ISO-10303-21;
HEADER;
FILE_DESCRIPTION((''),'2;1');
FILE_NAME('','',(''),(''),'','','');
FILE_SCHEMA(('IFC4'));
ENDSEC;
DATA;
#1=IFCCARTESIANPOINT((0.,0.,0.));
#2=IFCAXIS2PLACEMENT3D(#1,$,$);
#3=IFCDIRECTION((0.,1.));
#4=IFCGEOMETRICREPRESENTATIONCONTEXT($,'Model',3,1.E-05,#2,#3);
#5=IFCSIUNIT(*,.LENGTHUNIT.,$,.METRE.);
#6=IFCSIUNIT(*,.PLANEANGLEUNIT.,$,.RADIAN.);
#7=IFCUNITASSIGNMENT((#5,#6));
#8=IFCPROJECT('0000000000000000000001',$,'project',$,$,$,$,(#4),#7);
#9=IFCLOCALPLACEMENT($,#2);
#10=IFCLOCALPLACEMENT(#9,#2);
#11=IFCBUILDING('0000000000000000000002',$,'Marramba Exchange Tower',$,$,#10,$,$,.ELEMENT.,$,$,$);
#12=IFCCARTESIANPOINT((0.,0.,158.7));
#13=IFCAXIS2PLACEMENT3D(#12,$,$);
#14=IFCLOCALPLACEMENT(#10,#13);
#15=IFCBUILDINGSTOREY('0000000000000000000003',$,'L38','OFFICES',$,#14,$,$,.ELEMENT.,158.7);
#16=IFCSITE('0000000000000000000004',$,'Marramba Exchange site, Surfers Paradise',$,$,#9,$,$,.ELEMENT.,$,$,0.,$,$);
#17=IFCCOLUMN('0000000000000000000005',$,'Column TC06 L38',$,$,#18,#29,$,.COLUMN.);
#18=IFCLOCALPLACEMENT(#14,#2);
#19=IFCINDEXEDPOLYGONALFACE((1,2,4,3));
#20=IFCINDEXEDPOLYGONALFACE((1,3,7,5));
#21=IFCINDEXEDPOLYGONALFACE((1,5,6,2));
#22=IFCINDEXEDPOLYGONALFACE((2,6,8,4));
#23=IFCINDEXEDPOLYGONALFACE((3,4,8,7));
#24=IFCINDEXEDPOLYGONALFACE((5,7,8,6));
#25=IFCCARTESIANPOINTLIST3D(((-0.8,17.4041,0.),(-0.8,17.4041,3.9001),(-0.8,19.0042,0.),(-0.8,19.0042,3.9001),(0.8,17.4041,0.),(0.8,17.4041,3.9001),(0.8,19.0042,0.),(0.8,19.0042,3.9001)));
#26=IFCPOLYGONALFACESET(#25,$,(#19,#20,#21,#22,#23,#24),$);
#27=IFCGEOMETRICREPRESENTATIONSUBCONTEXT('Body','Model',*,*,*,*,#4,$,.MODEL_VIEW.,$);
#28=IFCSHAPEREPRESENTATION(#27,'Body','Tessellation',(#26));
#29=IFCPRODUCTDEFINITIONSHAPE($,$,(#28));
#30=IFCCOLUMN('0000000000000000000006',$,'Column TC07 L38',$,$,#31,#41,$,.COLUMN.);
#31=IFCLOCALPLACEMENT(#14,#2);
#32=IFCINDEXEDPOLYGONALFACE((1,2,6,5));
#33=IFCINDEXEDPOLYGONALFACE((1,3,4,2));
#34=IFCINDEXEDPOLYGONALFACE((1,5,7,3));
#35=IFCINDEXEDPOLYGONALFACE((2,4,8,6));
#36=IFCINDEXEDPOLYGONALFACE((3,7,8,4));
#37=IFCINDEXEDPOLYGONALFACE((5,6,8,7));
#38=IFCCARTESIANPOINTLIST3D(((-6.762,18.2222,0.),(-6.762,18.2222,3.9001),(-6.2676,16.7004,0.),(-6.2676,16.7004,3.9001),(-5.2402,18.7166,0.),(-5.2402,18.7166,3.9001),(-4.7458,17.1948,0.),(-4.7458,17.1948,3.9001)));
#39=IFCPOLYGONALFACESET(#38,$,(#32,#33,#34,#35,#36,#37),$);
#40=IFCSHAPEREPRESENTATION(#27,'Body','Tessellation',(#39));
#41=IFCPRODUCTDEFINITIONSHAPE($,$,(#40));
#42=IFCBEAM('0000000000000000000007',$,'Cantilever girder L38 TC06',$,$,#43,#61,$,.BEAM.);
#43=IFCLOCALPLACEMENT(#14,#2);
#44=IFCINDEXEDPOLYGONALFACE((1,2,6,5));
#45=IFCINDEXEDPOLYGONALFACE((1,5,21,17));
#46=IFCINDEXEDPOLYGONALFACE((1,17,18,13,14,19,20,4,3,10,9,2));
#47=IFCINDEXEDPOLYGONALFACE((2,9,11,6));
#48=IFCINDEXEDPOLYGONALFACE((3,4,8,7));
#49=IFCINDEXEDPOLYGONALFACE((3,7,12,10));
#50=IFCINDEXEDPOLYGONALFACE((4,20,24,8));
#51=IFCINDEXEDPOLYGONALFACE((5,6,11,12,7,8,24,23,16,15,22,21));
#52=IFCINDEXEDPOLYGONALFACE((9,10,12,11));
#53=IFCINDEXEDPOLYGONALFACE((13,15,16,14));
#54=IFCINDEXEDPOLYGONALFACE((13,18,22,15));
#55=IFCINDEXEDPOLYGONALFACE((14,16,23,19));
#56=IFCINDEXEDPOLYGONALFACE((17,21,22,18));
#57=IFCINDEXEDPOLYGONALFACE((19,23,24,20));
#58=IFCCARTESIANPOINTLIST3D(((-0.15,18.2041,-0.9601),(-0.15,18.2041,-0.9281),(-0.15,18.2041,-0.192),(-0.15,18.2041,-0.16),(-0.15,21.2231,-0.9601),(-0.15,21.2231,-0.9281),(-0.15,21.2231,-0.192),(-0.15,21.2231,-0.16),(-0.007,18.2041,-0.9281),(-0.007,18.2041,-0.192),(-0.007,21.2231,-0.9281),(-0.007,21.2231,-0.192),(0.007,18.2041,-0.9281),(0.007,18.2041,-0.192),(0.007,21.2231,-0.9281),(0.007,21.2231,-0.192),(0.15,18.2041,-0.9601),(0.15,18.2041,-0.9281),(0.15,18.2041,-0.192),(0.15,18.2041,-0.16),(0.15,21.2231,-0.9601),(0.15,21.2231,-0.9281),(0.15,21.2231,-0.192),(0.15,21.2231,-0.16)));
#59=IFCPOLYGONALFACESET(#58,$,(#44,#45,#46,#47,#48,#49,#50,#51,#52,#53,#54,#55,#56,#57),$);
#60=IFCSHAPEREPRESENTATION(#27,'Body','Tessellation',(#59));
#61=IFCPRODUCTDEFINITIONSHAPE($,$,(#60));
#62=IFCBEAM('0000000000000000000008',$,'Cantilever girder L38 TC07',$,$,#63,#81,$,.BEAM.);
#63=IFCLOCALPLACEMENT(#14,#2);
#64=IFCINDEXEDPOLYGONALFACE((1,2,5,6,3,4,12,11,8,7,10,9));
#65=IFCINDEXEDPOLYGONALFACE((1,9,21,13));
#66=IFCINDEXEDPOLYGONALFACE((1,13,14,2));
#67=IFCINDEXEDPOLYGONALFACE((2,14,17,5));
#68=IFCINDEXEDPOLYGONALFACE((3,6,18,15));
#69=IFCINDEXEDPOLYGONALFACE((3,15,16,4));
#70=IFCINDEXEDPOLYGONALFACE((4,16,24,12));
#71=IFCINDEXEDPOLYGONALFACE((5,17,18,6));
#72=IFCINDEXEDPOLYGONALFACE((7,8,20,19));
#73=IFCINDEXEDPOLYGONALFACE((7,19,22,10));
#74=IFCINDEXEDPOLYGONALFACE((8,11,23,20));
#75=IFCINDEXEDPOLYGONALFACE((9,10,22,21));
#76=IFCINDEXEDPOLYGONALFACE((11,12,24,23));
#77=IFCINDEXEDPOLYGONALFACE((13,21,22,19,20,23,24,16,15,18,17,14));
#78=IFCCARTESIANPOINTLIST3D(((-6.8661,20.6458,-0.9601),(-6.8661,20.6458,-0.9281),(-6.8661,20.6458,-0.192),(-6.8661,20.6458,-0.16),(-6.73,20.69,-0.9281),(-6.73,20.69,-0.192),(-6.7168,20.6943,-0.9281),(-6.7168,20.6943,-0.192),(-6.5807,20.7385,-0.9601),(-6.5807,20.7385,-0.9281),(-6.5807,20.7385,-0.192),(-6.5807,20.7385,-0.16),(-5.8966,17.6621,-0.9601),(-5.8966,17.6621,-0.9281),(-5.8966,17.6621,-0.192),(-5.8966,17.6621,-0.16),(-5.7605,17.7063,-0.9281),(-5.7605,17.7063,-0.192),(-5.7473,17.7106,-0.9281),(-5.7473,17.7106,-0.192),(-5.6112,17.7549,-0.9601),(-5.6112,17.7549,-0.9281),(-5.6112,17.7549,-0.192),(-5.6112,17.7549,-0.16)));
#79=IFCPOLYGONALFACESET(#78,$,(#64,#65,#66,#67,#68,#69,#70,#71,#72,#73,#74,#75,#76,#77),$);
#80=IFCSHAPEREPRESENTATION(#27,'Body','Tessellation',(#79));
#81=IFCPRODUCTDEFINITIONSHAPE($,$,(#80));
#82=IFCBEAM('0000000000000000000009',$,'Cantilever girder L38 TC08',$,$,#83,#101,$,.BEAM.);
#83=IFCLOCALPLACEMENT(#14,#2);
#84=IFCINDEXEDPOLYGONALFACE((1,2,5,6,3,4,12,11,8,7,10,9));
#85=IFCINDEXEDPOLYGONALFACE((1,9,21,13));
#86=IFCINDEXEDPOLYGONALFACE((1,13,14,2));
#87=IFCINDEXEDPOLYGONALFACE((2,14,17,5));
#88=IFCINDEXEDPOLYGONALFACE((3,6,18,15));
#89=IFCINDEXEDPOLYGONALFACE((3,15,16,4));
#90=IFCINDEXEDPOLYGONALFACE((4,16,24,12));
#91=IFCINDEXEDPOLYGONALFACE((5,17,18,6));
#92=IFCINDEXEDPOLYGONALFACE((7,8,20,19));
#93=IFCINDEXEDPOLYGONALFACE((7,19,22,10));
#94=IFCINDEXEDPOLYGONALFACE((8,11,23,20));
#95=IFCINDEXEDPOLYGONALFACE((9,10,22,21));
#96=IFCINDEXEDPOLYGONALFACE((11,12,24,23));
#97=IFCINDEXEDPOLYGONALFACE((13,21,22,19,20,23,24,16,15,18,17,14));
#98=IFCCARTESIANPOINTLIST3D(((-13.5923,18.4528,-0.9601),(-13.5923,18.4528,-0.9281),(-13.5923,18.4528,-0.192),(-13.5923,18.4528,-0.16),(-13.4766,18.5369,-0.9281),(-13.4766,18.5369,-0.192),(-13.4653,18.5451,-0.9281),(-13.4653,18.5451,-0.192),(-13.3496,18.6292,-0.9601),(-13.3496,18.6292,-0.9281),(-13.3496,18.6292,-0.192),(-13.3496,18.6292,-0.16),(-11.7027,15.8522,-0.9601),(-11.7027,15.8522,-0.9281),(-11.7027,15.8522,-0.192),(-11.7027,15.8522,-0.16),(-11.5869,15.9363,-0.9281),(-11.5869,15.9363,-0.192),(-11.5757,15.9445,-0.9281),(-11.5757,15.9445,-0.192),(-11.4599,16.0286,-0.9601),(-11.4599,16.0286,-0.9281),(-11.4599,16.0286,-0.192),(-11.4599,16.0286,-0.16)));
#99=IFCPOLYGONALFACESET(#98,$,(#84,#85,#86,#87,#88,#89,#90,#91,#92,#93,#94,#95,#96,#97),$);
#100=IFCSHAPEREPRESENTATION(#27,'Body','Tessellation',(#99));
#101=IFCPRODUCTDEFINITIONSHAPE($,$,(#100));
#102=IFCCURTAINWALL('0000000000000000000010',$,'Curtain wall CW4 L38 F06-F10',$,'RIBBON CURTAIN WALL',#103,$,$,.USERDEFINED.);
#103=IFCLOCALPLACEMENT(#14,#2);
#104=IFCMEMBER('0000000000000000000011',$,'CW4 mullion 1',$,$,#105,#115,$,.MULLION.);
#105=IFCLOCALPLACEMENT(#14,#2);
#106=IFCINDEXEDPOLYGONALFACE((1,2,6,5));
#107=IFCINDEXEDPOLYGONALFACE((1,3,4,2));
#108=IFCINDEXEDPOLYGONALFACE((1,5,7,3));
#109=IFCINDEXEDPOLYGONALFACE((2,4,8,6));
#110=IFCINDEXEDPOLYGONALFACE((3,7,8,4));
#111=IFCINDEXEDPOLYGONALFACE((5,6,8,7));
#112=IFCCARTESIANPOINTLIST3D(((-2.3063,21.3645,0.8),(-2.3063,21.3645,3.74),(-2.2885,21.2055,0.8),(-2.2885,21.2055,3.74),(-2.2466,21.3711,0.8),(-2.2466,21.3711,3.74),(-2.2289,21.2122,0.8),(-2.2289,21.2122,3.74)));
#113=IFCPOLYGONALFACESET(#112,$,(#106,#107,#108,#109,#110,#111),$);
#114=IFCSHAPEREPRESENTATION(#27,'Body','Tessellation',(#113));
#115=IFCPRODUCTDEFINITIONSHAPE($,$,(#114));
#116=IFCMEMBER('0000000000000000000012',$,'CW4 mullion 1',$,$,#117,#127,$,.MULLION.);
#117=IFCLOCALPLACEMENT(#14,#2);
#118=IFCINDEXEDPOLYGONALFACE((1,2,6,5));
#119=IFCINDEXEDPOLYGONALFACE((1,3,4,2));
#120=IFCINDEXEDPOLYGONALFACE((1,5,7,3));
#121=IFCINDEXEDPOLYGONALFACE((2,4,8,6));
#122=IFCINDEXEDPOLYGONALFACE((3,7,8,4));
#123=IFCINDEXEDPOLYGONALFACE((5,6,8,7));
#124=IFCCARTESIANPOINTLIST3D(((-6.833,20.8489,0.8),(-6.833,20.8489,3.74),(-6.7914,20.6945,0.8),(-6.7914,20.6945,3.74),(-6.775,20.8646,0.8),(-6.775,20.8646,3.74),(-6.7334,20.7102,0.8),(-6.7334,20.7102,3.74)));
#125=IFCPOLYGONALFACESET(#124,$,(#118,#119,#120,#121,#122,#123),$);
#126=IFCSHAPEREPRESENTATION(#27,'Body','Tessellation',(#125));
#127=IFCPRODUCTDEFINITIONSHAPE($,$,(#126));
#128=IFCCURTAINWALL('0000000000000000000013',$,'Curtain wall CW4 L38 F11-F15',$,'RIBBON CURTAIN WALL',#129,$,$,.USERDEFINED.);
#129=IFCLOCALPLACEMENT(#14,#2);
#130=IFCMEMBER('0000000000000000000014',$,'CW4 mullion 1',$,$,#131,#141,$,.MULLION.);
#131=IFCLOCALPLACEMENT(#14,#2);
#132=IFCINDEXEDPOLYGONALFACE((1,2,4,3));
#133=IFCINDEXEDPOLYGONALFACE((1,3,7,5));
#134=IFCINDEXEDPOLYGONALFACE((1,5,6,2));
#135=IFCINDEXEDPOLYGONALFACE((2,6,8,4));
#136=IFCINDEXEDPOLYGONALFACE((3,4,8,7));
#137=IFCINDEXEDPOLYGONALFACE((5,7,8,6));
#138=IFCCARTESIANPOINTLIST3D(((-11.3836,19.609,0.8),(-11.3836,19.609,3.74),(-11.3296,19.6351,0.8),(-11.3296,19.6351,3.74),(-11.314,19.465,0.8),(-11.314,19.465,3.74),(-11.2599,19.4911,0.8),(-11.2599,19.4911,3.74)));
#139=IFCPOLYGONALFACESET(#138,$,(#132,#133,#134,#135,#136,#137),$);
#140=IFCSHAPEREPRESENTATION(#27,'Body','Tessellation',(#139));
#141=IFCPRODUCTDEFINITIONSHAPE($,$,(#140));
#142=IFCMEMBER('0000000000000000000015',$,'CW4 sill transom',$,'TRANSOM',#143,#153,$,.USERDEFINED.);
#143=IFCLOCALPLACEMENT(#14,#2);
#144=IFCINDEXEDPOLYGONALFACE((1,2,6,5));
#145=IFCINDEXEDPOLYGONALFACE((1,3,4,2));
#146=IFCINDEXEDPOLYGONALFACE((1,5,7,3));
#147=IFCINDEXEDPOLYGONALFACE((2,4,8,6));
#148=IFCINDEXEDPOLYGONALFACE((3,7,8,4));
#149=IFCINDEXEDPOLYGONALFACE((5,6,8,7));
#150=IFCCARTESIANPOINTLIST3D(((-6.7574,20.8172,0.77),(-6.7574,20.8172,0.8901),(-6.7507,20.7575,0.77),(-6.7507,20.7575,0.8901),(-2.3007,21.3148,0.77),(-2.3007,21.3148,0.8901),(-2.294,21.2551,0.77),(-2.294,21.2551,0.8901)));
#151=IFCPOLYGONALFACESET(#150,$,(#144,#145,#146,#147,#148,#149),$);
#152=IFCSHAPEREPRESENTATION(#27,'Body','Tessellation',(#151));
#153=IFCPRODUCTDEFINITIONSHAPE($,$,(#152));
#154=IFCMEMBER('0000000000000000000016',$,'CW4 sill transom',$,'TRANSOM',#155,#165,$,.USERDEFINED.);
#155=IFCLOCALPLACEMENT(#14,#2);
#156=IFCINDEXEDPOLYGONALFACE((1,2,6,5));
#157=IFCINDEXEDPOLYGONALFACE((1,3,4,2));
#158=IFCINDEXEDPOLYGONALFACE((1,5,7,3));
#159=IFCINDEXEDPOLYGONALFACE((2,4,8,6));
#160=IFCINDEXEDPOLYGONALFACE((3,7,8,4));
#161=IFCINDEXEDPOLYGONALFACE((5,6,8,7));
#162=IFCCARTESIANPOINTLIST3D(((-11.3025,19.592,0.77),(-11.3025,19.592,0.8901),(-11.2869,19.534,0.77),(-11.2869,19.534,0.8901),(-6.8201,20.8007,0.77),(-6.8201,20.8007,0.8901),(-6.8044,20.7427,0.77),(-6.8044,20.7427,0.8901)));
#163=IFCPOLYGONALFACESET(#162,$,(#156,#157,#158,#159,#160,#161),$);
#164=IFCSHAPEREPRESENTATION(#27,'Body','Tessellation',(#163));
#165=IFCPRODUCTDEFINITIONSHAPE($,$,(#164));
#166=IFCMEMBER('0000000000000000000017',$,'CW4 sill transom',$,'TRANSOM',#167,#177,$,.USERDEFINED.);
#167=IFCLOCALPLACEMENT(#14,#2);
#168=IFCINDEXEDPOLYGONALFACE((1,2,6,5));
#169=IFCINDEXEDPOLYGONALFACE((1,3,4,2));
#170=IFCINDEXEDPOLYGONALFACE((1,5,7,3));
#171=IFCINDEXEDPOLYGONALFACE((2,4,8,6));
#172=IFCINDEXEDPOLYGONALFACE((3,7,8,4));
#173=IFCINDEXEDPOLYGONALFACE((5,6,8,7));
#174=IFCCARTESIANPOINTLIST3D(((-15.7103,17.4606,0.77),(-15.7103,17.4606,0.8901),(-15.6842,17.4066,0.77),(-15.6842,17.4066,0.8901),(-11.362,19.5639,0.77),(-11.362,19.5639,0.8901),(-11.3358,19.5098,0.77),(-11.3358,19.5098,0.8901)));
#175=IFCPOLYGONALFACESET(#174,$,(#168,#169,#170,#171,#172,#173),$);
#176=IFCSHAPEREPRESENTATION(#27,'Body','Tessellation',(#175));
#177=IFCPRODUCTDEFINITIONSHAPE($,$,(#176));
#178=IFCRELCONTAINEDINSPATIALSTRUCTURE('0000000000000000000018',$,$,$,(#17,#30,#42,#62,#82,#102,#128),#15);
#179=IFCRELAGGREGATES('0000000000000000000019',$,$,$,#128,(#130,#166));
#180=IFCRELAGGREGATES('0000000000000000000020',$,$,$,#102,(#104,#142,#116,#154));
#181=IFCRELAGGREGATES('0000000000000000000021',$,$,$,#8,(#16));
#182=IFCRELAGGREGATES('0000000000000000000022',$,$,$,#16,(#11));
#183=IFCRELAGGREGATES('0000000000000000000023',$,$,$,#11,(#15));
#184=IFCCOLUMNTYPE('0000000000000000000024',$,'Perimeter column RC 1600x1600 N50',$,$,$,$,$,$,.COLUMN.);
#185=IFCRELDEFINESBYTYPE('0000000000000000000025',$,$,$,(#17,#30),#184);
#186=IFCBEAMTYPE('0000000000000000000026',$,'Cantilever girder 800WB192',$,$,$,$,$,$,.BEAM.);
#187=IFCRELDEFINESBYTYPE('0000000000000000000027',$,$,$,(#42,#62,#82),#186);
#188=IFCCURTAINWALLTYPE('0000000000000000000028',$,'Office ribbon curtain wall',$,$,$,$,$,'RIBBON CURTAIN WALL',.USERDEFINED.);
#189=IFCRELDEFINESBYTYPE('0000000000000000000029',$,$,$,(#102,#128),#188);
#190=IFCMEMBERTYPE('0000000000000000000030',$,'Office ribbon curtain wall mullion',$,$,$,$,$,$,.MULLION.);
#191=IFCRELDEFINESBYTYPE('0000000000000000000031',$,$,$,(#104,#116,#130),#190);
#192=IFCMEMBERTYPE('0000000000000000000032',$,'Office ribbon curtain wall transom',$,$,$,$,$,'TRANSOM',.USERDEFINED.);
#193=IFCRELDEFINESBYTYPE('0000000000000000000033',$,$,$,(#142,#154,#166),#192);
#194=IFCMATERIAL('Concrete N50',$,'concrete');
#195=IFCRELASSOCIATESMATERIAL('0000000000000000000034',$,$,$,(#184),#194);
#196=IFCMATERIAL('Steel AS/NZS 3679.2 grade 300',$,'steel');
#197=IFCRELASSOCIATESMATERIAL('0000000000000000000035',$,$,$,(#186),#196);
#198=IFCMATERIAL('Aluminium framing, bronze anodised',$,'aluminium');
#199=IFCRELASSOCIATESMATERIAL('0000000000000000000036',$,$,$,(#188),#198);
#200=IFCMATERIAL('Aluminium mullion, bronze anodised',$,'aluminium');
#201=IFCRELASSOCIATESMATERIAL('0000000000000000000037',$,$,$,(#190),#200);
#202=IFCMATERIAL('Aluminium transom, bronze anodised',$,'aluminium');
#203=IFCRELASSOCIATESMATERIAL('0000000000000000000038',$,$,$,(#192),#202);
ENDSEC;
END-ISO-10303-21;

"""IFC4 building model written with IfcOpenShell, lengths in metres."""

from ifc_helpers import new_model, si_unit, direction, frame, origin, origin_2d, place, context, subcontext, project, spatial, rectangle, i_section, extrude, material, material_profile, profile_set, type_object, element, aggregate, save


model = new_model("IFC4")

# Units and contexts
model_context = context("Model", 3, precision=1e-05, world=origin(), true_north=direction((0.0, 1.0)))
body_context = subcontext(model_context, "Body", "Model", "MODEL_VIEW")
ifc_project = project(units=[si_unit("LENGTHUNIT", "METRE"), si_unit("PLANEANGLEUNIT", "RADIAN")], contexts=[model_context])

# Site, building, storey
site_placement = place(None, origin())
site = spatial("IfcSite", under=ifc_project, at=site_placement, Name="Marramba Exchange site, Surfers Paradise", CompositionType="ELEMENT", RefElevation=0.0)
building_placement = place(site_placement, origin())
building = spatial("IfcBuilding", under=site, at=building_placement, Name="Marramba Exchange Tower", CompositionType="ELEMENT")
storey_placement = place(building_placement, frame((0.0, 0.0, 158.7)))
storey = spatial("IfcBuildingStorey", under=building, at=storey_placement, Name="L38", Description="OFFICES", CompositionType="ELEMENT", Elevation=158.7)

# Columns
ifc_material_1 = material(Name="Concrete N50", Category="concrete")
ifc_material_profile_1 = material_profile(ifc_material_1, rectangle(XDim=1.6001, YDim=1.6001, at=origin_2d()), Name="RC 1600x1600")
ifc_profile_set_1 = profile_set([ifc_material_profile_1], Name="Concrete N50")
column_type = type_object("IfcColumnType", Name="Perimeter column RC 1600x1600 N50", PredefinedType="COLUMN", material=ifc_profile_set_1)
for number, where, z_axis, x_axis, name in (
    (1, (0.0, 18.2041, 0.0), (0.0, 0.0, 1.0), (0.0, 1.0, 0.0), "Column TC06 L38"),
    (2, (-5.7539, 17.7085, 0.0), (0.0, 0.0, 1.0), (-0.309017, 0.951057, 0.0), "Column TC07 L38"),
):
    element("IfcColumn", number, at=place(storey_placement, frame(where, z_axis=z_axis, x_axis=x_axis)), inside=storey, type_object=column_type, Name=name, PredefinedType="COLUMN", context=body_context, shape_type="SweptSolid", body=[
        extrude(rectangle(XDim=1.6001, YDim=1.6001, at=origin_2d()), origin(), (0.0, 0.0, 1.0), 3.9001),
    ])

# Beams
ifc_material_2 = material(Name="Steel AS/NZS 3679.2 grade 300", Category="steel")
ifc_material_profile_2 = material_profile(ifc_material_2, i_section(OverallWidth=0.3, OverallDepth=0.8, WebThickness=0.0139, FlangeThickness=0.032, at=origin_2d()), Name="800WB192")
ifc_profile_set_2 = profile_set([ifc_material_profile_2], Name="Steel AS/NZS 3679.2 grade 300")
beam_type_1 = type_object("IfcBeamType", Name="Cantilever girder 800WB192", PredefinedType="BEAM", material=ifc_profile_set_2)
beam_1_placement = place(storey_placement, frame((0.0, 18.2041, -0.5601), z_axis=(0.0, 1.0, 0.0), x_axis=(-1.0, 0.0, 0.0)))
element("IfcBeam", 3, at=beam_1_placement, inside=storey, type_object=beam_type_1, Name="Cantilever girder L38 TC06", PredefinedType="BEAM", context=body_context, shape_type="SweptSolid", body=[
    extrude(i_section(OverallWidth=0.3, OverallDepth=0.8, WebThickness=0.0139, FlangeThickness=0.032, at=origin_2d()), origin(), (0.0, 0.0, 1.0), 3.019),
])
beam_2_placement = place(storey_placement, frame((-5.7539, 17.7085, -0.5601), z_axis=(-0.309028, 0.951053, 0.0), x_axis=(-0.951053, -0.309028, 0.0)))
element("IfcBeam", 4, at=beam_2_placement, inside=storey, type_object=beam_type_1, Name="Cantilever girder L38 TC07", PredefinedType="BEAM", context=body_context, shape_type="SweptSolid", body=[
    extrude(i_section(OverallWidth=0.3, OverallDepth=0.8, WebThickness=0.0139, FlangeThickness=0.032, at=origin_2d()), origin(), (0.0, 0.0, 1.0), 3.1372),
])
beam_3_placement = place(storey_placement, frame((-11.5813, 15.9404, -0.5601), z_axis=(-0.587828, 0.808986, 0.0), x_axis=(-0.808986, -0.587828, 0.0)))
element("IfcBeam", 5, at=beam_3_placement, inside=storey, type_object=beam_type_1, Name="Cantilever girder L38 TC08", PredefinedType="BEAM", context=body_context, shape_type="SweptSolid", body=[
    extrude(i_section(OverallWidth=0.3, OverallDepth=0.8, WebThickness=0.0139, FlangeThickness=0.032, at=origin_2d()), origin(), (0.0, 0.0, 1.0), 3.2146),
])

# Curtain wall, members
ifc_material_3 = material(Name="Aluminium framing, bronze anodised", Category="aluminium")
curtain_wall_type = type_object("IfcCurtainWallType", Name="Office ribbon curtain wall", ElementType="RIBBON CURTAIN WALL", PredefinedType="USERDEFINED", material=ifc_material_3)
curtain_wall_1_placement = place(storey_placement, origin())
curtain_wall_1 = element("IfcCurtainWall", 6, at=curtain_wall_1_placement, inside=storey, type_object=curtain_wall_type, Name="Curtain wall CW4 L38 F06-F10", ObjectType="RIBBON CURTAIN WALL", PredefinedType="USERDEFINED")
ifc_material_4 = material(Name="Aluminium mullion, bronze anodised", Category="aluminium")
ifc_material_profile_3 = material_profile(ifc_material_4, rectangle(XDim=0.1599, YDim=0.0601, at=origin_2d()), Name="CW4 mullion 60x160")
ifc_profile_set_3 = profile_set([ifc_material_profile_3], Name="Aluminium mullion, bronze anodised")
member_type_1 = type_object("IfcMemberType", Name="Office ribbon curtain wall mullion", PredefinedType="MULLION", material=ifc_profile_set_3)
member_1_placement = place(storey_placement, frame((-2.2676, 21.2883, 0.8), z_axis=(0.0, 0.0, 1.0), x_axis=(0.110973, -0.993823, 0.0)))
member_1 = element("IfcMember", 7, at=member_1_placement, type_object=member_type_1, Name="CW4 mullion 1", PredefinedType="MULLION", context=body_context, shape_type="SweptSolid", body=[
    extrude(rectangle(XDim=0.1599, YDim=0.0601, at=origin_2d()), origin(), (0.0, 0.0, 1.0), 2.9399),
])
member_2_placement = place(storey_placement, frame((-6.7832, 20.7795, 0.8), z_axis=(0.0, 0.0, 1.0), x_axis=(0.260321, -0.965522, 0.0)))
member_2 = element("IfcMember", 8, at=member_2_placement, type_object=member_type_1, Name="CW4 mullion 1", PredefinedType="MULLION", context=body_context, shape_type="SweptSolid", body=[
    extrude(rectangle(XDim=0.1599, YDim=0.0601, at=origin_2d()), origin(), (0.0, 0.0, 1.0), 2.9399),
])

# Curtain wall, member
curtain_wall_2_placement = place(storey_placement, origin())
curtain_wall_2 = element("IfcCurtainWall", 9, at=curtain_wall_2_placement, inside=storey, type_object=curtain_wall_type, Name="Curtain wall CW4 L38 F11-F15", ObjectType="RIBBON CURTAIN WALL", PredefinedType="USERDEFINED")
member_3_placement = place(storey_placement, frame((-11.3218, 19.55, 0.8), z_axis=(0.0, 0.0, 1.0), x_axis=(0.435428, -0.900224, 0.0)))
member_3 = element("IfcMember", 10, at=member_3_placement, type_object=member_type_1, Name="CW4 mullion 1", PredefinedType="MULLION", context=body_context, shape_type="SweptSolid", body=[
    extrude(rectangle(XDim=0.1599, YDim=0.0601, at=origin_2d()), origin(), (0.0, 0.0, 1.0), 2.9399),
])

# Members
ifc_material_5 = material(Name="Aluminium transom, bronze anodised", Category="aluminium")
ifc_material_profile_4 = material_profile(ifc_material_5, rectangle(XDim=0.0601, YDim=0.1201, at=origin_2d()), Name="CW4 transom 60x120")
ifc_profile_set_4 = profile_set([ifc_material_profile_4], Name="Aluminium transom, bronze anodised")
member_type_2 = type_object("IfcMemberType", Name="Office ribbon curtain wall transom", ElementType="TRANSOM", PredefinedType="USERDEFINED", material=ifc_profile_set_4)
member_4_placement = place(storey_placement, frame((-2.2974, 21.2849, 0.8301), z_axis=(-0.993826, -0.110951, 0.0), x_axis=(0.110951, -0.993826, 0.0)))
member_4 = element("IfcMember", 11, at=member_4_placement, type_object=member_type_2, Name="CW4 sill transom", ObjectType="TRANSOM", PredefinedType="USERDEFINED", context=body_context, shape_type="SweptSolid", body=[
    extrude(rectangle(XDim=0.0601, YDim=0.1201, at=origin_2d()), origin(), (0.0, 0.0, 1.0), 4.4844),
])
member_5_placement = place(storey_placement, frame((-6.8123, 20.7717, 0.8301), z_axis=(-0.965511, -0.260362, 0.0), x_axis=(0.260362, -0.965511, 0.0)))
member_5 = element("IfcMember", 12, at=member_5_placement, type_object=member_type_2, Name="CW4 sill transom", ObjectType="TRANSOM", PredefinedType="USERDEFINED", context=body_context, shape_type="SweptSolid", body=[
    extrude(rectangle(XDim=0.0601, YDim=0.1201, at=origin_2d()), origin(), (0.0, 0.0, 1.0), 4.6426),
])
member_6_placement = place(storey_placement, frame((-11.3489, 19.5369, 0.8301), z_axis=(-0.900223, -0.435429, 0.0), x_axis=(0.435429, -0.900223, 0.0)))
member_6 = element("IfcMember", 13, at=member_6_placement, type_object=member_type_2, Name="CW4 sill transom", ObjectType="TRANSOM", PredefinedType="USERDEFINED", context=body_context, shape_type="SweptSolid", body=[
    extrude(rectangle(XDim=0.0601, YDim=0.1201, at=origin_2d()), origin(), (0.0, 0.0, 1.0), 4.8303),
])
aggregate(curtain_wall_2, [member_3, member_6])

aggregate(curtain_wall_1, [member_1, member_4, member_2, member_5])

save(model, "model.ifc")
